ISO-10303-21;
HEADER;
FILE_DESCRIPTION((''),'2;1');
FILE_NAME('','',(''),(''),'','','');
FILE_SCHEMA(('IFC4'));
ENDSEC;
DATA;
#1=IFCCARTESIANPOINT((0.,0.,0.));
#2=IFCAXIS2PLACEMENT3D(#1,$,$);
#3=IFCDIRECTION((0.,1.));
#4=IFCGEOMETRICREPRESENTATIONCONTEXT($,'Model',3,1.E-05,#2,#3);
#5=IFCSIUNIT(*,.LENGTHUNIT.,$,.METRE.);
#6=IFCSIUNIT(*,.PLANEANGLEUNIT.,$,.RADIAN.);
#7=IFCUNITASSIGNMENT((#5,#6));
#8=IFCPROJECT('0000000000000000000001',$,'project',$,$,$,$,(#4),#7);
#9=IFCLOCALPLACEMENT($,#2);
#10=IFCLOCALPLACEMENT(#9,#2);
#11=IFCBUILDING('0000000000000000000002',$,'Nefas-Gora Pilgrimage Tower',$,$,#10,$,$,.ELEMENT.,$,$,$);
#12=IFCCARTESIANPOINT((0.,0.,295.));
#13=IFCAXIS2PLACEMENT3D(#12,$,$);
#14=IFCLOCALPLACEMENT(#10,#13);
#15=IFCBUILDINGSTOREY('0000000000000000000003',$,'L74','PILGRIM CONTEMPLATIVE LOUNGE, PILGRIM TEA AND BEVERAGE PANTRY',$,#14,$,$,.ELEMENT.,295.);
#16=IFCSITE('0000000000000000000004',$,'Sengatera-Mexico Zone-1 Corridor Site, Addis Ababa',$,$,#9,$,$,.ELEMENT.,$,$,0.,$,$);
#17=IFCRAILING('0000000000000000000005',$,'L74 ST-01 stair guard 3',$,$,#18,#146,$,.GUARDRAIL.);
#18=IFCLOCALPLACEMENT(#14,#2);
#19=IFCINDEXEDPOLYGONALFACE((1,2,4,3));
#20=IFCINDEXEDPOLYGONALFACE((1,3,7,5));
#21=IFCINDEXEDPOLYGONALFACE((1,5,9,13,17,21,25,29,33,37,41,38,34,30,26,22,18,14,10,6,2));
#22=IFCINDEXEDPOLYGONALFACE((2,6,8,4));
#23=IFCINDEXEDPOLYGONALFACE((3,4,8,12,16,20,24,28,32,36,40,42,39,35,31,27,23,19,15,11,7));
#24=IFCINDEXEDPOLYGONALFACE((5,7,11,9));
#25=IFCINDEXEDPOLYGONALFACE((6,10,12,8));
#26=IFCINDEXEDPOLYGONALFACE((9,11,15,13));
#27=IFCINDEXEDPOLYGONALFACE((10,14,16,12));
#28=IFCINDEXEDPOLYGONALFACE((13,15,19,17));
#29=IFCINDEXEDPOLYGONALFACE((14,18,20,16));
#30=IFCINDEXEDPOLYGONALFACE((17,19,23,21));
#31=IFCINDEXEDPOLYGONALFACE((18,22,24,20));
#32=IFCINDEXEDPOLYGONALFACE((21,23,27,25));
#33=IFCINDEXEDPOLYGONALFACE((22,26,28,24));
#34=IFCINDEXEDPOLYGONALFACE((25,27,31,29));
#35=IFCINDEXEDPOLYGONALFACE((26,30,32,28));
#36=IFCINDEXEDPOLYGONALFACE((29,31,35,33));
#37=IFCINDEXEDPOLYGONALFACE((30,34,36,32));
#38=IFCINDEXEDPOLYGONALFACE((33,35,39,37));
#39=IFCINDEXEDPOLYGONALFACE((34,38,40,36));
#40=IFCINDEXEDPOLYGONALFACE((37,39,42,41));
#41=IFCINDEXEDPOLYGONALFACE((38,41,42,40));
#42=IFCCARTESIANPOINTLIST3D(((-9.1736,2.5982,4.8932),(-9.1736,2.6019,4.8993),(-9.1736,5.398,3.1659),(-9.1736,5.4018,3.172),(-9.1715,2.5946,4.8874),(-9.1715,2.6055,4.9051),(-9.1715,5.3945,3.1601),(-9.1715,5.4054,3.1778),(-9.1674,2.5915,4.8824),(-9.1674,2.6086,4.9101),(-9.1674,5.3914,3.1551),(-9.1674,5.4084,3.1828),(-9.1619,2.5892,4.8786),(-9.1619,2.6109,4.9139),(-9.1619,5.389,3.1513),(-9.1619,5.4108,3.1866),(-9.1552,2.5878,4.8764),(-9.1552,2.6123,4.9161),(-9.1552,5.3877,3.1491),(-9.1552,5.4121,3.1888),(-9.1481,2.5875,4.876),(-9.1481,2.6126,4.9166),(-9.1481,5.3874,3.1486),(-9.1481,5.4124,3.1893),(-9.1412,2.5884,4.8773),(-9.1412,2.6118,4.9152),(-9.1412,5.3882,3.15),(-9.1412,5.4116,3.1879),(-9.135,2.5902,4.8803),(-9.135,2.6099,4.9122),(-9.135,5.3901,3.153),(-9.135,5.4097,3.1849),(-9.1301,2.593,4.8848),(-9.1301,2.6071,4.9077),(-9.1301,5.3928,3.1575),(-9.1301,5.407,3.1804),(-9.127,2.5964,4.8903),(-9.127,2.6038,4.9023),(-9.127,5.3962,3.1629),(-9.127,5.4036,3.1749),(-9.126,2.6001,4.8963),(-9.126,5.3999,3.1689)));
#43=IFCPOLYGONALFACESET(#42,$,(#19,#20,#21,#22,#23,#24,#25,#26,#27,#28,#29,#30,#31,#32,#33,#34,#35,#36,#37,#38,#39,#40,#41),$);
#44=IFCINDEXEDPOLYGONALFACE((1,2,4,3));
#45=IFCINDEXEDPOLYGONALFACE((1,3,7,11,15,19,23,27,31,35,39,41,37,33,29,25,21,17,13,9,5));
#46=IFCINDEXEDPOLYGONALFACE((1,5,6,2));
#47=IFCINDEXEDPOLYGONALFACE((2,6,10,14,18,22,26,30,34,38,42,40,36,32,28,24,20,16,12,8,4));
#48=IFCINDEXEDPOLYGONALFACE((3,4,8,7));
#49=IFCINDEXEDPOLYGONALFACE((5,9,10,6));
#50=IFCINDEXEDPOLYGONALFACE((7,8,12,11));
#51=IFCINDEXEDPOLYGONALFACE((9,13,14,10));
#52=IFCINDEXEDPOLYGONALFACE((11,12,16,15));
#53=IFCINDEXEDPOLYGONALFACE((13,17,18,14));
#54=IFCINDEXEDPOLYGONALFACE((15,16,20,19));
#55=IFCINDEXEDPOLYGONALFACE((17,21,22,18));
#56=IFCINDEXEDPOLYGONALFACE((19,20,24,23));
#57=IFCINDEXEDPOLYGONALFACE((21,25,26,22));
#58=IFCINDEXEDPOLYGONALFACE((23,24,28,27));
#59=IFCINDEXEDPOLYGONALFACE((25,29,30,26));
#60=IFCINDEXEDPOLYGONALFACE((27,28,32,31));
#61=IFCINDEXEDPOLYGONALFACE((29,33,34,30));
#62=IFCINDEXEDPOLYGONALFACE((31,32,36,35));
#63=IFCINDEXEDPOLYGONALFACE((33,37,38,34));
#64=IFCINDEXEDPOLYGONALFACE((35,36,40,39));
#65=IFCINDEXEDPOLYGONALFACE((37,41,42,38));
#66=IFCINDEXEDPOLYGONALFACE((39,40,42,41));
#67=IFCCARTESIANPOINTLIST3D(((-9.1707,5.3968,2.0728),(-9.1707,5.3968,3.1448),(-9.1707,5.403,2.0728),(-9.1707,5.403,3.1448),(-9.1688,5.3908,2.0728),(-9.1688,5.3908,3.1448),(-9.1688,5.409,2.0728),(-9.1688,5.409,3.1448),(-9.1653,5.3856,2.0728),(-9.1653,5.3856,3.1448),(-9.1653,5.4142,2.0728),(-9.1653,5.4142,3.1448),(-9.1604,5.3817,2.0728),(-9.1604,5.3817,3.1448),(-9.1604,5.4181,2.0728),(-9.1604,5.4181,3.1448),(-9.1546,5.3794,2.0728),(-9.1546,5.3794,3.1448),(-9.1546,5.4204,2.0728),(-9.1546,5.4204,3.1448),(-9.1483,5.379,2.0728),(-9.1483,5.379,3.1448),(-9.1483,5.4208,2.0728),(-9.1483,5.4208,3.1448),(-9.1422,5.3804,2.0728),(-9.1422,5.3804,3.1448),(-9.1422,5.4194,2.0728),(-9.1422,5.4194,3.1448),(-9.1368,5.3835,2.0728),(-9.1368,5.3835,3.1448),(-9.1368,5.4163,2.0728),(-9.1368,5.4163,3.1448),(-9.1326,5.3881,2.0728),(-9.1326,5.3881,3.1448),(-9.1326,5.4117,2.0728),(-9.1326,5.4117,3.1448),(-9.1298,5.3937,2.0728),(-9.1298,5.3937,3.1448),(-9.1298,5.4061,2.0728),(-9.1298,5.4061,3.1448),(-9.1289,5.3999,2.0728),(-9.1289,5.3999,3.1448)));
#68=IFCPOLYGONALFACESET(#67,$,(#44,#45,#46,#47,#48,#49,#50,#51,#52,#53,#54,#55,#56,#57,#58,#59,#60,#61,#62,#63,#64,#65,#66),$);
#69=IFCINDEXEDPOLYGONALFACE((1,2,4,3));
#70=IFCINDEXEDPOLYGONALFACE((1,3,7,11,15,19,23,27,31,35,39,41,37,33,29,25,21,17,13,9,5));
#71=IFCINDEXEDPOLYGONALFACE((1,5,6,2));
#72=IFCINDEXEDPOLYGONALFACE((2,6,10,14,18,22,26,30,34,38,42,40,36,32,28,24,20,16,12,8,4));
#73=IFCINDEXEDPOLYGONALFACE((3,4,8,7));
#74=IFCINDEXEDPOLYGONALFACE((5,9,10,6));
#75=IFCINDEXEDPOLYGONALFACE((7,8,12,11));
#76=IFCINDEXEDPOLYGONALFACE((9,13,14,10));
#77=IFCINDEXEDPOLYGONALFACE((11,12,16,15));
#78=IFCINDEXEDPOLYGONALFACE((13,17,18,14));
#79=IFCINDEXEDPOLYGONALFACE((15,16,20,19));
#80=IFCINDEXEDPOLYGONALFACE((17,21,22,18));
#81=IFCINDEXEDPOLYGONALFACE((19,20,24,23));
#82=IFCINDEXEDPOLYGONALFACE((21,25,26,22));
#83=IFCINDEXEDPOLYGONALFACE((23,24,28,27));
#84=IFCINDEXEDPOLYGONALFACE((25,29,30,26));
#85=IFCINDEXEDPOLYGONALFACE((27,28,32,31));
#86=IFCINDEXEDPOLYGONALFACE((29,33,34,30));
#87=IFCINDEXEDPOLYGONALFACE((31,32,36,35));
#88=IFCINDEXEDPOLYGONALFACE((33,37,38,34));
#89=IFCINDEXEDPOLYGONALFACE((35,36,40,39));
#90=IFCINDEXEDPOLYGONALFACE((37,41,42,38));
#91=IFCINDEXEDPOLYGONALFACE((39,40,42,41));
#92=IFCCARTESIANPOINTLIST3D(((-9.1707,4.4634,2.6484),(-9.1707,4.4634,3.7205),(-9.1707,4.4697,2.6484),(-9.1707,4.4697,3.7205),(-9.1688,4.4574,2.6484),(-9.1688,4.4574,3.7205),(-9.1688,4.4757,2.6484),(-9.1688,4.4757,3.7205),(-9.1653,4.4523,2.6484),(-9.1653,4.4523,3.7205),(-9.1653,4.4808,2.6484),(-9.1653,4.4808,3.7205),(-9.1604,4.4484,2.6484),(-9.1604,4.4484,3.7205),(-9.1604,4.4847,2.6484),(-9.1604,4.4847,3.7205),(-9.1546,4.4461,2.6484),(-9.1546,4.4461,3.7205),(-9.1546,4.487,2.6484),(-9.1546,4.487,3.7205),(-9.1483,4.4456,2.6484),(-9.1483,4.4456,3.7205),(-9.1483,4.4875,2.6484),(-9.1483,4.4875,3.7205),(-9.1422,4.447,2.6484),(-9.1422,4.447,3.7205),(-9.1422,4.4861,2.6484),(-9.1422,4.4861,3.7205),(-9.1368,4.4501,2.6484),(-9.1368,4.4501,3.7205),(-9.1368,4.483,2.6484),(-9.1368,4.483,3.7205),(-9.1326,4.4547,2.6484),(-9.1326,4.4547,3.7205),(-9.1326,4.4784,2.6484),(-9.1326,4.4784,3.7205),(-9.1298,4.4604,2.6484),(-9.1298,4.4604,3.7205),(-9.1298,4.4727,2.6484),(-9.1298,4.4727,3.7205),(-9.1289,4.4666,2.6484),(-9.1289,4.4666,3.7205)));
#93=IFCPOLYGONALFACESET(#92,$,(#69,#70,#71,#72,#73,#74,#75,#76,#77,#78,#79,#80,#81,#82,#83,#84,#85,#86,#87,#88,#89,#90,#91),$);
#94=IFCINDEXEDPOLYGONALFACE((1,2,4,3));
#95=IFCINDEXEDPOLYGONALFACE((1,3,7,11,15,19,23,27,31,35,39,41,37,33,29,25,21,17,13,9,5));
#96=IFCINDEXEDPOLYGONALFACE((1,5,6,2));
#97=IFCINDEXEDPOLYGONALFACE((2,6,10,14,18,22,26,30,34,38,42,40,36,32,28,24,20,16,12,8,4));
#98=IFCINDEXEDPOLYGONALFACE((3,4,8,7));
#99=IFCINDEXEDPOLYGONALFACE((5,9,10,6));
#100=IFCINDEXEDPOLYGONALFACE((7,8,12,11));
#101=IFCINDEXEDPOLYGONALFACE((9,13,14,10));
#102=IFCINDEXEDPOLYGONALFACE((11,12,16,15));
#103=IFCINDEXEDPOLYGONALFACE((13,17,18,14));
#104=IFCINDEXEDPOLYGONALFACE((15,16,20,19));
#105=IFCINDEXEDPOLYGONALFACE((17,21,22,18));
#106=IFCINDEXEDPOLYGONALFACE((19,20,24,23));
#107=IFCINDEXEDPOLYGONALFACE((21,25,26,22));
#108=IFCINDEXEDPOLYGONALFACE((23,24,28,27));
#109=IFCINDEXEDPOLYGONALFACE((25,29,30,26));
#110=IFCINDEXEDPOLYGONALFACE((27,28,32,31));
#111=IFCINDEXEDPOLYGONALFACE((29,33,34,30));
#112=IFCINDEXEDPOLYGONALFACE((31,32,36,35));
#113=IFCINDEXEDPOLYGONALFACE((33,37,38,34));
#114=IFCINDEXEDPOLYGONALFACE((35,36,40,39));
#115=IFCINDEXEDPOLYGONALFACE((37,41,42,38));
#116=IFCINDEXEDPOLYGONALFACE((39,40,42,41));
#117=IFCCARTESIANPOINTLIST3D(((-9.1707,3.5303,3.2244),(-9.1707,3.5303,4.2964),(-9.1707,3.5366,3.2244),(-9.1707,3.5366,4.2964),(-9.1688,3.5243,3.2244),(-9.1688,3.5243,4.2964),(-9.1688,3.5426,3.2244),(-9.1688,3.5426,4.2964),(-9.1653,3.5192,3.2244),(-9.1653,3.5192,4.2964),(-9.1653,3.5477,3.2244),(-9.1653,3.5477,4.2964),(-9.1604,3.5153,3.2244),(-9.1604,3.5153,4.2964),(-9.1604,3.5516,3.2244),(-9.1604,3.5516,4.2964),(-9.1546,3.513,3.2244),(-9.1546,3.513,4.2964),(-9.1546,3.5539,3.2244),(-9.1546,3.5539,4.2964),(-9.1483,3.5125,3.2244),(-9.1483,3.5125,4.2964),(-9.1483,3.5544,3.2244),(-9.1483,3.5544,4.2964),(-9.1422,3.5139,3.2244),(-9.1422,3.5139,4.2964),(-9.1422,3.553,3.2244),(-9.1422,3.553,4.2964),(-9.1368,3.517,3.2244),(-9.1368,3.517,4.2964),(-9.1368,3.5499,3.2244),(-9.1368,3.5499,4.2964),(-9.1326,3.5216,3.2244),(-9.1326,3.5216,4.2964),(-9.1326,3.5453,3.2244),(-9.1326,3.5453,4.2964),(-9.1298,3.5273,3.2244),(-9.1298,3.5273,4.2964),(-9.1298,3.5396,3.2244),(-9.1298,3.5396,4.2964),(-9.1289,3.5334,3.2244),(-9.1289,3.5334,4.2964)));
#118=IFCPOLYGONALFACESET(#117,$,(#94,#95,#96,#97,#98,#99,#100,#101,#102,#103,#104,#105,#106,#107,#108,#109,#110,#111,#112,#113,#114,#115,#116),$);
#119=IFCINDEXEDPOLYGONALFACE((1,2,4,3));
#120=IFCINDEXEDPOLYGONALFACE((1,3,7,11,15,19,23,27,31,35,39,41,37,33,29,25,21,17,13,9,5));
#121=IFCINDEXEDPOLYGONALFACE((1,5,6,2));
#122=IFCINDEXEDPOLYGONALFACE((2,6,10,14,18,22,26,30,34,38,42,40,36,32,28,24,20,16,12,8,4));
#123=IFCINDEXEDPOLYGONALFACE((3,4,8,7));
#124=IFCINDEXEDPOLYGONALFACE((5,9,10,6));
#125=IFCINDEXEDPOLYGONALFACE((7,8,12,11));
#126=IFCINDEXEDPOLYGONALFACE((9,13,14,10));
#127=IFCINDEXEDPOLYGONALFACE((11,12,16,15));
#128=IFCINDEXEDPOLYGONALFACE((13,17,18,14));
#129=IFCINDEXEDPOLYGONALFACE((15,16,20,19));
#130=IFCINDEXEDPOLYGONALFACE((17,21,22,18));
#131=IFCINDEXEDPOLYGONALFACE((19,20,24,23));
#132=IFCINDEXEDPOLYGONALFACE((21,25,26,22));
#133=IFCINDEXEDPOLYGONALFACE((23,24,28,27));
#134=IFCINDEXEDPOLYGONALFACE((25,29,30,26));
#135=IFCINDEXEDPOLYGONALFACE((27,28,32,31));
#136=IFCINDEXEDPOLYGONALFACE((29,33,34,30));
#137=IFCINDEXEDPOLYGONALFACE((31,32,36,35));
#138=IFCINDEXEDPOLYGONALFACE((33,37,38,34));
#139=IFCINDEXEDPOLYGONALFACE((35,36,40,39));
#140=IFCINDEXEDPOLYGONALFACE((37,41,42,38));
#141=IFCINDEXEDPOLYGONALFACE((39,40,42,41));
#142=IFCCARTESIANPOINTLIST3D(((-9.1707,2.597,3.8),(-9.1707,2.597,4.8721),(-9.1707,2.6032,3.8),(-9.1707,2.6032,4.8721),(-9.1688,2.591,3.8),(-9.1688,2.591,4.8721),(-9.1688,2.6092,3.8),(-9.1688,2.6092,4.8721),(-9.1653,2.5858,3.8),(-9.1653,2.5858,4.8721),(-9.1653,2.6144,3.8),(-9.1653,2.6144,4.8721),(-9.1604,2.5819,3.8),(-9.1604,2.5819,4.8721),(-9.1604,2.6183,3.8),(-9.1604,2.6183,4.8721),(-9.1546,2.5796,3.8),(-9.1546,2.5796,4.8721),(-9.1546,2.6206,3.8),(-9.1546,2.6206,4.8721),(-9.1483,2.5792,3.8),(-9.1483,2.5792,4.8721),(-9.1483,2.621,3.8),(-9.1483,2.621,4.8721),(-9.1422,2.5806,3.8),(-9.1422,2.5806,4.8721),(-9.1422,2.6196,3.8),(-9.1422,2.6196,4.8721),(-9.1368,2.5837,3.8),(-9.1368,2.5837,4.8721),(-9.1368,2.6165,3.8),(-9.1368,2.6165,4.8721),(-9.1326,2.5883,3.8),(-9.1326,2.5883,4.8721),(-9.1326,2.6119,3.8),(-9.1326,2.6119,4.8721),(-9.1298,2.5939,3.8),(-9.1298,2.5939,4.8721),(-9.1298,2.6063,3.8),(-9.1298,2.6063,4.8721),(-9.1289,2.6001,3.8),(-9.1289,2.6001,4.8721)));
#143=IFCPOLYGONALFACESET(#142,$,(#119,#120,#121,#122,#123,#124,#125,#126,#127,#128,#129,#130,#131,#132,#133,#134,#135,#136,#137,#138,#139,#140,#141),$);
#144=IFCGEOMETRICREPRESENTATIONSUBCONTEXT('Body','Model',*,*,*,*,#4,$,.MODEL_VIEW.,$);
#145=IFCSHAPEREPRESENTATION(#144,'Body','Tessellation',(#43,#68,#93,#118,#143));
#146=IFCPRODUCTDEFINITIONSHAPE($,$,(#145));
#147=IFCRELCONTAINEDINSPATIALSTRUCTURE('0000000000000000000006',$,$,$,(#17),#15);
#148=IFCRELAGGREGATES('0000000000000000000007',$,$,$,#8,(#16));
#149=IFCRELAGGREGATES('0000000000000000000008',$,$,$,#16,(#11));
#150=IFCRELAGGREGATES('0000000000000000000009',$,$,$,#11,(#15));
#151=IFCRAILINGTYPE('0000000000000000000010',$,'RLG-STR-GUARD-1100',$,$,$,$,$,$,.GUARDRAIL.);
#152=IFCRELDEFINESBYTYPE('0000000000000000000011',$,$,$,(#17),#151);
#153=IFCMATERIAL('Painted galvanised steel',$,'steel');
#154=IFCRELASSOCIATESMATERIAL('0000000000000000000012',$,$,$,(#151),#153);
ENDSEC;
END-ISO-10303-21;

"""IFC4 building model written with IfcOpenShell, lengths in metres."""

from ifc_helpers import new_model, si_unit, direction, frame, origin, origin_2d, place, context, subcontext, project, spatial, circle, extrude, material, type_object, element, save


model = new_model("IFC4")

# Units and contexts
model_context = context("Model", 3, precision=1e-05, world=origin(), true_north=direction((0.0, 1.0)))
body_context = subcontext(model_context, "Body", "Model", "MODEL_VIEW")
ifc_project = project(units=[si_unit("LENGTHUNIT", "METRE"), si_unit("PLANEANGLEUNIT", "RADIAN")], contexts=[model_context])

# Site, building, storey
site_placement = place(None, origin())
site = spatial("IfcSite", under=ifc_project, at=site_placement, Name="Sengatera-Mexico Zone-1 Corridor Site, Addis Ababa", CompositionType="ELEMENT", RefElevation=0.0)
building_placement = place(site_placement, origin())
building = spatial("IfcBuilding", under=site, at=building_placement, Name="Nefas-Gora Pilgrimage Tower", CompositionType="ELEMENT")
storey_placement = place(building_placement, frame((0.0, 0.0, 295.0)))
storey = spatial("IfcBuildingStorey", under=building, at=storey_placement, Name="L74", Description="PILGRIM CONTEMPLATIVE LOUNGE, PILGRIM TEA AND BEVERAGE PANTRY", CompositionType="ELEMENT", Elevation=295.0)

# Railing
ifc_material_1 = material(Name="Painted galvanised steel", Category="steel")
railing_type_1 = type_object("IfcRailingType", Name="RLG-STR-GUARD-1100", PredefinedType="GUARDRAIL", material=ifc_material_1)
railing_1_placement = place(storey_placement, frame((-9.1499, 5.3999, 2.0728)))
element("IfcRailing", 1, at=railing_1_placement, inside=storey, type_object=railing_type_1, Name="L74 ST-01 stair guard 3", PredefinedType="GUARDRAIL", context=body_context, shape_type="SweptSolid", body=[
    extrude(circle(Radius=0.0239, at=origin_2d()), frame((0.0, 0.0, 1.0962), z_axis=(0.0, -0.851069, 0.525054), x_axis=(1.0, 0.0, 0.0)), (0.0, 0.0, 1.0), 3.2898),
    extrude(circle(Radius=0.021, at=origin_2d()), origin(), (0.0, 0.0, 1.0), 1.072),
    extrude(circle(Radius=0.021, at=origin_2d()), frame((0.0, -0.9333, 0.5757)), (0.0, 0.0, 1.0), 1.072),
    extrude(circle(Radius=0.021, at=origin_2d()), frame((0.0, -1.8665, 1.1516)), (0.0, 0.0, 1.0), 1.072),
    extrude(circle(Radius=0.021, at=origin_2d()), frame((0.0, -2.7998, 1.7273)), (0.0, 0.0, 1.0), 1.072),
])

save(model, "model.ifc")
